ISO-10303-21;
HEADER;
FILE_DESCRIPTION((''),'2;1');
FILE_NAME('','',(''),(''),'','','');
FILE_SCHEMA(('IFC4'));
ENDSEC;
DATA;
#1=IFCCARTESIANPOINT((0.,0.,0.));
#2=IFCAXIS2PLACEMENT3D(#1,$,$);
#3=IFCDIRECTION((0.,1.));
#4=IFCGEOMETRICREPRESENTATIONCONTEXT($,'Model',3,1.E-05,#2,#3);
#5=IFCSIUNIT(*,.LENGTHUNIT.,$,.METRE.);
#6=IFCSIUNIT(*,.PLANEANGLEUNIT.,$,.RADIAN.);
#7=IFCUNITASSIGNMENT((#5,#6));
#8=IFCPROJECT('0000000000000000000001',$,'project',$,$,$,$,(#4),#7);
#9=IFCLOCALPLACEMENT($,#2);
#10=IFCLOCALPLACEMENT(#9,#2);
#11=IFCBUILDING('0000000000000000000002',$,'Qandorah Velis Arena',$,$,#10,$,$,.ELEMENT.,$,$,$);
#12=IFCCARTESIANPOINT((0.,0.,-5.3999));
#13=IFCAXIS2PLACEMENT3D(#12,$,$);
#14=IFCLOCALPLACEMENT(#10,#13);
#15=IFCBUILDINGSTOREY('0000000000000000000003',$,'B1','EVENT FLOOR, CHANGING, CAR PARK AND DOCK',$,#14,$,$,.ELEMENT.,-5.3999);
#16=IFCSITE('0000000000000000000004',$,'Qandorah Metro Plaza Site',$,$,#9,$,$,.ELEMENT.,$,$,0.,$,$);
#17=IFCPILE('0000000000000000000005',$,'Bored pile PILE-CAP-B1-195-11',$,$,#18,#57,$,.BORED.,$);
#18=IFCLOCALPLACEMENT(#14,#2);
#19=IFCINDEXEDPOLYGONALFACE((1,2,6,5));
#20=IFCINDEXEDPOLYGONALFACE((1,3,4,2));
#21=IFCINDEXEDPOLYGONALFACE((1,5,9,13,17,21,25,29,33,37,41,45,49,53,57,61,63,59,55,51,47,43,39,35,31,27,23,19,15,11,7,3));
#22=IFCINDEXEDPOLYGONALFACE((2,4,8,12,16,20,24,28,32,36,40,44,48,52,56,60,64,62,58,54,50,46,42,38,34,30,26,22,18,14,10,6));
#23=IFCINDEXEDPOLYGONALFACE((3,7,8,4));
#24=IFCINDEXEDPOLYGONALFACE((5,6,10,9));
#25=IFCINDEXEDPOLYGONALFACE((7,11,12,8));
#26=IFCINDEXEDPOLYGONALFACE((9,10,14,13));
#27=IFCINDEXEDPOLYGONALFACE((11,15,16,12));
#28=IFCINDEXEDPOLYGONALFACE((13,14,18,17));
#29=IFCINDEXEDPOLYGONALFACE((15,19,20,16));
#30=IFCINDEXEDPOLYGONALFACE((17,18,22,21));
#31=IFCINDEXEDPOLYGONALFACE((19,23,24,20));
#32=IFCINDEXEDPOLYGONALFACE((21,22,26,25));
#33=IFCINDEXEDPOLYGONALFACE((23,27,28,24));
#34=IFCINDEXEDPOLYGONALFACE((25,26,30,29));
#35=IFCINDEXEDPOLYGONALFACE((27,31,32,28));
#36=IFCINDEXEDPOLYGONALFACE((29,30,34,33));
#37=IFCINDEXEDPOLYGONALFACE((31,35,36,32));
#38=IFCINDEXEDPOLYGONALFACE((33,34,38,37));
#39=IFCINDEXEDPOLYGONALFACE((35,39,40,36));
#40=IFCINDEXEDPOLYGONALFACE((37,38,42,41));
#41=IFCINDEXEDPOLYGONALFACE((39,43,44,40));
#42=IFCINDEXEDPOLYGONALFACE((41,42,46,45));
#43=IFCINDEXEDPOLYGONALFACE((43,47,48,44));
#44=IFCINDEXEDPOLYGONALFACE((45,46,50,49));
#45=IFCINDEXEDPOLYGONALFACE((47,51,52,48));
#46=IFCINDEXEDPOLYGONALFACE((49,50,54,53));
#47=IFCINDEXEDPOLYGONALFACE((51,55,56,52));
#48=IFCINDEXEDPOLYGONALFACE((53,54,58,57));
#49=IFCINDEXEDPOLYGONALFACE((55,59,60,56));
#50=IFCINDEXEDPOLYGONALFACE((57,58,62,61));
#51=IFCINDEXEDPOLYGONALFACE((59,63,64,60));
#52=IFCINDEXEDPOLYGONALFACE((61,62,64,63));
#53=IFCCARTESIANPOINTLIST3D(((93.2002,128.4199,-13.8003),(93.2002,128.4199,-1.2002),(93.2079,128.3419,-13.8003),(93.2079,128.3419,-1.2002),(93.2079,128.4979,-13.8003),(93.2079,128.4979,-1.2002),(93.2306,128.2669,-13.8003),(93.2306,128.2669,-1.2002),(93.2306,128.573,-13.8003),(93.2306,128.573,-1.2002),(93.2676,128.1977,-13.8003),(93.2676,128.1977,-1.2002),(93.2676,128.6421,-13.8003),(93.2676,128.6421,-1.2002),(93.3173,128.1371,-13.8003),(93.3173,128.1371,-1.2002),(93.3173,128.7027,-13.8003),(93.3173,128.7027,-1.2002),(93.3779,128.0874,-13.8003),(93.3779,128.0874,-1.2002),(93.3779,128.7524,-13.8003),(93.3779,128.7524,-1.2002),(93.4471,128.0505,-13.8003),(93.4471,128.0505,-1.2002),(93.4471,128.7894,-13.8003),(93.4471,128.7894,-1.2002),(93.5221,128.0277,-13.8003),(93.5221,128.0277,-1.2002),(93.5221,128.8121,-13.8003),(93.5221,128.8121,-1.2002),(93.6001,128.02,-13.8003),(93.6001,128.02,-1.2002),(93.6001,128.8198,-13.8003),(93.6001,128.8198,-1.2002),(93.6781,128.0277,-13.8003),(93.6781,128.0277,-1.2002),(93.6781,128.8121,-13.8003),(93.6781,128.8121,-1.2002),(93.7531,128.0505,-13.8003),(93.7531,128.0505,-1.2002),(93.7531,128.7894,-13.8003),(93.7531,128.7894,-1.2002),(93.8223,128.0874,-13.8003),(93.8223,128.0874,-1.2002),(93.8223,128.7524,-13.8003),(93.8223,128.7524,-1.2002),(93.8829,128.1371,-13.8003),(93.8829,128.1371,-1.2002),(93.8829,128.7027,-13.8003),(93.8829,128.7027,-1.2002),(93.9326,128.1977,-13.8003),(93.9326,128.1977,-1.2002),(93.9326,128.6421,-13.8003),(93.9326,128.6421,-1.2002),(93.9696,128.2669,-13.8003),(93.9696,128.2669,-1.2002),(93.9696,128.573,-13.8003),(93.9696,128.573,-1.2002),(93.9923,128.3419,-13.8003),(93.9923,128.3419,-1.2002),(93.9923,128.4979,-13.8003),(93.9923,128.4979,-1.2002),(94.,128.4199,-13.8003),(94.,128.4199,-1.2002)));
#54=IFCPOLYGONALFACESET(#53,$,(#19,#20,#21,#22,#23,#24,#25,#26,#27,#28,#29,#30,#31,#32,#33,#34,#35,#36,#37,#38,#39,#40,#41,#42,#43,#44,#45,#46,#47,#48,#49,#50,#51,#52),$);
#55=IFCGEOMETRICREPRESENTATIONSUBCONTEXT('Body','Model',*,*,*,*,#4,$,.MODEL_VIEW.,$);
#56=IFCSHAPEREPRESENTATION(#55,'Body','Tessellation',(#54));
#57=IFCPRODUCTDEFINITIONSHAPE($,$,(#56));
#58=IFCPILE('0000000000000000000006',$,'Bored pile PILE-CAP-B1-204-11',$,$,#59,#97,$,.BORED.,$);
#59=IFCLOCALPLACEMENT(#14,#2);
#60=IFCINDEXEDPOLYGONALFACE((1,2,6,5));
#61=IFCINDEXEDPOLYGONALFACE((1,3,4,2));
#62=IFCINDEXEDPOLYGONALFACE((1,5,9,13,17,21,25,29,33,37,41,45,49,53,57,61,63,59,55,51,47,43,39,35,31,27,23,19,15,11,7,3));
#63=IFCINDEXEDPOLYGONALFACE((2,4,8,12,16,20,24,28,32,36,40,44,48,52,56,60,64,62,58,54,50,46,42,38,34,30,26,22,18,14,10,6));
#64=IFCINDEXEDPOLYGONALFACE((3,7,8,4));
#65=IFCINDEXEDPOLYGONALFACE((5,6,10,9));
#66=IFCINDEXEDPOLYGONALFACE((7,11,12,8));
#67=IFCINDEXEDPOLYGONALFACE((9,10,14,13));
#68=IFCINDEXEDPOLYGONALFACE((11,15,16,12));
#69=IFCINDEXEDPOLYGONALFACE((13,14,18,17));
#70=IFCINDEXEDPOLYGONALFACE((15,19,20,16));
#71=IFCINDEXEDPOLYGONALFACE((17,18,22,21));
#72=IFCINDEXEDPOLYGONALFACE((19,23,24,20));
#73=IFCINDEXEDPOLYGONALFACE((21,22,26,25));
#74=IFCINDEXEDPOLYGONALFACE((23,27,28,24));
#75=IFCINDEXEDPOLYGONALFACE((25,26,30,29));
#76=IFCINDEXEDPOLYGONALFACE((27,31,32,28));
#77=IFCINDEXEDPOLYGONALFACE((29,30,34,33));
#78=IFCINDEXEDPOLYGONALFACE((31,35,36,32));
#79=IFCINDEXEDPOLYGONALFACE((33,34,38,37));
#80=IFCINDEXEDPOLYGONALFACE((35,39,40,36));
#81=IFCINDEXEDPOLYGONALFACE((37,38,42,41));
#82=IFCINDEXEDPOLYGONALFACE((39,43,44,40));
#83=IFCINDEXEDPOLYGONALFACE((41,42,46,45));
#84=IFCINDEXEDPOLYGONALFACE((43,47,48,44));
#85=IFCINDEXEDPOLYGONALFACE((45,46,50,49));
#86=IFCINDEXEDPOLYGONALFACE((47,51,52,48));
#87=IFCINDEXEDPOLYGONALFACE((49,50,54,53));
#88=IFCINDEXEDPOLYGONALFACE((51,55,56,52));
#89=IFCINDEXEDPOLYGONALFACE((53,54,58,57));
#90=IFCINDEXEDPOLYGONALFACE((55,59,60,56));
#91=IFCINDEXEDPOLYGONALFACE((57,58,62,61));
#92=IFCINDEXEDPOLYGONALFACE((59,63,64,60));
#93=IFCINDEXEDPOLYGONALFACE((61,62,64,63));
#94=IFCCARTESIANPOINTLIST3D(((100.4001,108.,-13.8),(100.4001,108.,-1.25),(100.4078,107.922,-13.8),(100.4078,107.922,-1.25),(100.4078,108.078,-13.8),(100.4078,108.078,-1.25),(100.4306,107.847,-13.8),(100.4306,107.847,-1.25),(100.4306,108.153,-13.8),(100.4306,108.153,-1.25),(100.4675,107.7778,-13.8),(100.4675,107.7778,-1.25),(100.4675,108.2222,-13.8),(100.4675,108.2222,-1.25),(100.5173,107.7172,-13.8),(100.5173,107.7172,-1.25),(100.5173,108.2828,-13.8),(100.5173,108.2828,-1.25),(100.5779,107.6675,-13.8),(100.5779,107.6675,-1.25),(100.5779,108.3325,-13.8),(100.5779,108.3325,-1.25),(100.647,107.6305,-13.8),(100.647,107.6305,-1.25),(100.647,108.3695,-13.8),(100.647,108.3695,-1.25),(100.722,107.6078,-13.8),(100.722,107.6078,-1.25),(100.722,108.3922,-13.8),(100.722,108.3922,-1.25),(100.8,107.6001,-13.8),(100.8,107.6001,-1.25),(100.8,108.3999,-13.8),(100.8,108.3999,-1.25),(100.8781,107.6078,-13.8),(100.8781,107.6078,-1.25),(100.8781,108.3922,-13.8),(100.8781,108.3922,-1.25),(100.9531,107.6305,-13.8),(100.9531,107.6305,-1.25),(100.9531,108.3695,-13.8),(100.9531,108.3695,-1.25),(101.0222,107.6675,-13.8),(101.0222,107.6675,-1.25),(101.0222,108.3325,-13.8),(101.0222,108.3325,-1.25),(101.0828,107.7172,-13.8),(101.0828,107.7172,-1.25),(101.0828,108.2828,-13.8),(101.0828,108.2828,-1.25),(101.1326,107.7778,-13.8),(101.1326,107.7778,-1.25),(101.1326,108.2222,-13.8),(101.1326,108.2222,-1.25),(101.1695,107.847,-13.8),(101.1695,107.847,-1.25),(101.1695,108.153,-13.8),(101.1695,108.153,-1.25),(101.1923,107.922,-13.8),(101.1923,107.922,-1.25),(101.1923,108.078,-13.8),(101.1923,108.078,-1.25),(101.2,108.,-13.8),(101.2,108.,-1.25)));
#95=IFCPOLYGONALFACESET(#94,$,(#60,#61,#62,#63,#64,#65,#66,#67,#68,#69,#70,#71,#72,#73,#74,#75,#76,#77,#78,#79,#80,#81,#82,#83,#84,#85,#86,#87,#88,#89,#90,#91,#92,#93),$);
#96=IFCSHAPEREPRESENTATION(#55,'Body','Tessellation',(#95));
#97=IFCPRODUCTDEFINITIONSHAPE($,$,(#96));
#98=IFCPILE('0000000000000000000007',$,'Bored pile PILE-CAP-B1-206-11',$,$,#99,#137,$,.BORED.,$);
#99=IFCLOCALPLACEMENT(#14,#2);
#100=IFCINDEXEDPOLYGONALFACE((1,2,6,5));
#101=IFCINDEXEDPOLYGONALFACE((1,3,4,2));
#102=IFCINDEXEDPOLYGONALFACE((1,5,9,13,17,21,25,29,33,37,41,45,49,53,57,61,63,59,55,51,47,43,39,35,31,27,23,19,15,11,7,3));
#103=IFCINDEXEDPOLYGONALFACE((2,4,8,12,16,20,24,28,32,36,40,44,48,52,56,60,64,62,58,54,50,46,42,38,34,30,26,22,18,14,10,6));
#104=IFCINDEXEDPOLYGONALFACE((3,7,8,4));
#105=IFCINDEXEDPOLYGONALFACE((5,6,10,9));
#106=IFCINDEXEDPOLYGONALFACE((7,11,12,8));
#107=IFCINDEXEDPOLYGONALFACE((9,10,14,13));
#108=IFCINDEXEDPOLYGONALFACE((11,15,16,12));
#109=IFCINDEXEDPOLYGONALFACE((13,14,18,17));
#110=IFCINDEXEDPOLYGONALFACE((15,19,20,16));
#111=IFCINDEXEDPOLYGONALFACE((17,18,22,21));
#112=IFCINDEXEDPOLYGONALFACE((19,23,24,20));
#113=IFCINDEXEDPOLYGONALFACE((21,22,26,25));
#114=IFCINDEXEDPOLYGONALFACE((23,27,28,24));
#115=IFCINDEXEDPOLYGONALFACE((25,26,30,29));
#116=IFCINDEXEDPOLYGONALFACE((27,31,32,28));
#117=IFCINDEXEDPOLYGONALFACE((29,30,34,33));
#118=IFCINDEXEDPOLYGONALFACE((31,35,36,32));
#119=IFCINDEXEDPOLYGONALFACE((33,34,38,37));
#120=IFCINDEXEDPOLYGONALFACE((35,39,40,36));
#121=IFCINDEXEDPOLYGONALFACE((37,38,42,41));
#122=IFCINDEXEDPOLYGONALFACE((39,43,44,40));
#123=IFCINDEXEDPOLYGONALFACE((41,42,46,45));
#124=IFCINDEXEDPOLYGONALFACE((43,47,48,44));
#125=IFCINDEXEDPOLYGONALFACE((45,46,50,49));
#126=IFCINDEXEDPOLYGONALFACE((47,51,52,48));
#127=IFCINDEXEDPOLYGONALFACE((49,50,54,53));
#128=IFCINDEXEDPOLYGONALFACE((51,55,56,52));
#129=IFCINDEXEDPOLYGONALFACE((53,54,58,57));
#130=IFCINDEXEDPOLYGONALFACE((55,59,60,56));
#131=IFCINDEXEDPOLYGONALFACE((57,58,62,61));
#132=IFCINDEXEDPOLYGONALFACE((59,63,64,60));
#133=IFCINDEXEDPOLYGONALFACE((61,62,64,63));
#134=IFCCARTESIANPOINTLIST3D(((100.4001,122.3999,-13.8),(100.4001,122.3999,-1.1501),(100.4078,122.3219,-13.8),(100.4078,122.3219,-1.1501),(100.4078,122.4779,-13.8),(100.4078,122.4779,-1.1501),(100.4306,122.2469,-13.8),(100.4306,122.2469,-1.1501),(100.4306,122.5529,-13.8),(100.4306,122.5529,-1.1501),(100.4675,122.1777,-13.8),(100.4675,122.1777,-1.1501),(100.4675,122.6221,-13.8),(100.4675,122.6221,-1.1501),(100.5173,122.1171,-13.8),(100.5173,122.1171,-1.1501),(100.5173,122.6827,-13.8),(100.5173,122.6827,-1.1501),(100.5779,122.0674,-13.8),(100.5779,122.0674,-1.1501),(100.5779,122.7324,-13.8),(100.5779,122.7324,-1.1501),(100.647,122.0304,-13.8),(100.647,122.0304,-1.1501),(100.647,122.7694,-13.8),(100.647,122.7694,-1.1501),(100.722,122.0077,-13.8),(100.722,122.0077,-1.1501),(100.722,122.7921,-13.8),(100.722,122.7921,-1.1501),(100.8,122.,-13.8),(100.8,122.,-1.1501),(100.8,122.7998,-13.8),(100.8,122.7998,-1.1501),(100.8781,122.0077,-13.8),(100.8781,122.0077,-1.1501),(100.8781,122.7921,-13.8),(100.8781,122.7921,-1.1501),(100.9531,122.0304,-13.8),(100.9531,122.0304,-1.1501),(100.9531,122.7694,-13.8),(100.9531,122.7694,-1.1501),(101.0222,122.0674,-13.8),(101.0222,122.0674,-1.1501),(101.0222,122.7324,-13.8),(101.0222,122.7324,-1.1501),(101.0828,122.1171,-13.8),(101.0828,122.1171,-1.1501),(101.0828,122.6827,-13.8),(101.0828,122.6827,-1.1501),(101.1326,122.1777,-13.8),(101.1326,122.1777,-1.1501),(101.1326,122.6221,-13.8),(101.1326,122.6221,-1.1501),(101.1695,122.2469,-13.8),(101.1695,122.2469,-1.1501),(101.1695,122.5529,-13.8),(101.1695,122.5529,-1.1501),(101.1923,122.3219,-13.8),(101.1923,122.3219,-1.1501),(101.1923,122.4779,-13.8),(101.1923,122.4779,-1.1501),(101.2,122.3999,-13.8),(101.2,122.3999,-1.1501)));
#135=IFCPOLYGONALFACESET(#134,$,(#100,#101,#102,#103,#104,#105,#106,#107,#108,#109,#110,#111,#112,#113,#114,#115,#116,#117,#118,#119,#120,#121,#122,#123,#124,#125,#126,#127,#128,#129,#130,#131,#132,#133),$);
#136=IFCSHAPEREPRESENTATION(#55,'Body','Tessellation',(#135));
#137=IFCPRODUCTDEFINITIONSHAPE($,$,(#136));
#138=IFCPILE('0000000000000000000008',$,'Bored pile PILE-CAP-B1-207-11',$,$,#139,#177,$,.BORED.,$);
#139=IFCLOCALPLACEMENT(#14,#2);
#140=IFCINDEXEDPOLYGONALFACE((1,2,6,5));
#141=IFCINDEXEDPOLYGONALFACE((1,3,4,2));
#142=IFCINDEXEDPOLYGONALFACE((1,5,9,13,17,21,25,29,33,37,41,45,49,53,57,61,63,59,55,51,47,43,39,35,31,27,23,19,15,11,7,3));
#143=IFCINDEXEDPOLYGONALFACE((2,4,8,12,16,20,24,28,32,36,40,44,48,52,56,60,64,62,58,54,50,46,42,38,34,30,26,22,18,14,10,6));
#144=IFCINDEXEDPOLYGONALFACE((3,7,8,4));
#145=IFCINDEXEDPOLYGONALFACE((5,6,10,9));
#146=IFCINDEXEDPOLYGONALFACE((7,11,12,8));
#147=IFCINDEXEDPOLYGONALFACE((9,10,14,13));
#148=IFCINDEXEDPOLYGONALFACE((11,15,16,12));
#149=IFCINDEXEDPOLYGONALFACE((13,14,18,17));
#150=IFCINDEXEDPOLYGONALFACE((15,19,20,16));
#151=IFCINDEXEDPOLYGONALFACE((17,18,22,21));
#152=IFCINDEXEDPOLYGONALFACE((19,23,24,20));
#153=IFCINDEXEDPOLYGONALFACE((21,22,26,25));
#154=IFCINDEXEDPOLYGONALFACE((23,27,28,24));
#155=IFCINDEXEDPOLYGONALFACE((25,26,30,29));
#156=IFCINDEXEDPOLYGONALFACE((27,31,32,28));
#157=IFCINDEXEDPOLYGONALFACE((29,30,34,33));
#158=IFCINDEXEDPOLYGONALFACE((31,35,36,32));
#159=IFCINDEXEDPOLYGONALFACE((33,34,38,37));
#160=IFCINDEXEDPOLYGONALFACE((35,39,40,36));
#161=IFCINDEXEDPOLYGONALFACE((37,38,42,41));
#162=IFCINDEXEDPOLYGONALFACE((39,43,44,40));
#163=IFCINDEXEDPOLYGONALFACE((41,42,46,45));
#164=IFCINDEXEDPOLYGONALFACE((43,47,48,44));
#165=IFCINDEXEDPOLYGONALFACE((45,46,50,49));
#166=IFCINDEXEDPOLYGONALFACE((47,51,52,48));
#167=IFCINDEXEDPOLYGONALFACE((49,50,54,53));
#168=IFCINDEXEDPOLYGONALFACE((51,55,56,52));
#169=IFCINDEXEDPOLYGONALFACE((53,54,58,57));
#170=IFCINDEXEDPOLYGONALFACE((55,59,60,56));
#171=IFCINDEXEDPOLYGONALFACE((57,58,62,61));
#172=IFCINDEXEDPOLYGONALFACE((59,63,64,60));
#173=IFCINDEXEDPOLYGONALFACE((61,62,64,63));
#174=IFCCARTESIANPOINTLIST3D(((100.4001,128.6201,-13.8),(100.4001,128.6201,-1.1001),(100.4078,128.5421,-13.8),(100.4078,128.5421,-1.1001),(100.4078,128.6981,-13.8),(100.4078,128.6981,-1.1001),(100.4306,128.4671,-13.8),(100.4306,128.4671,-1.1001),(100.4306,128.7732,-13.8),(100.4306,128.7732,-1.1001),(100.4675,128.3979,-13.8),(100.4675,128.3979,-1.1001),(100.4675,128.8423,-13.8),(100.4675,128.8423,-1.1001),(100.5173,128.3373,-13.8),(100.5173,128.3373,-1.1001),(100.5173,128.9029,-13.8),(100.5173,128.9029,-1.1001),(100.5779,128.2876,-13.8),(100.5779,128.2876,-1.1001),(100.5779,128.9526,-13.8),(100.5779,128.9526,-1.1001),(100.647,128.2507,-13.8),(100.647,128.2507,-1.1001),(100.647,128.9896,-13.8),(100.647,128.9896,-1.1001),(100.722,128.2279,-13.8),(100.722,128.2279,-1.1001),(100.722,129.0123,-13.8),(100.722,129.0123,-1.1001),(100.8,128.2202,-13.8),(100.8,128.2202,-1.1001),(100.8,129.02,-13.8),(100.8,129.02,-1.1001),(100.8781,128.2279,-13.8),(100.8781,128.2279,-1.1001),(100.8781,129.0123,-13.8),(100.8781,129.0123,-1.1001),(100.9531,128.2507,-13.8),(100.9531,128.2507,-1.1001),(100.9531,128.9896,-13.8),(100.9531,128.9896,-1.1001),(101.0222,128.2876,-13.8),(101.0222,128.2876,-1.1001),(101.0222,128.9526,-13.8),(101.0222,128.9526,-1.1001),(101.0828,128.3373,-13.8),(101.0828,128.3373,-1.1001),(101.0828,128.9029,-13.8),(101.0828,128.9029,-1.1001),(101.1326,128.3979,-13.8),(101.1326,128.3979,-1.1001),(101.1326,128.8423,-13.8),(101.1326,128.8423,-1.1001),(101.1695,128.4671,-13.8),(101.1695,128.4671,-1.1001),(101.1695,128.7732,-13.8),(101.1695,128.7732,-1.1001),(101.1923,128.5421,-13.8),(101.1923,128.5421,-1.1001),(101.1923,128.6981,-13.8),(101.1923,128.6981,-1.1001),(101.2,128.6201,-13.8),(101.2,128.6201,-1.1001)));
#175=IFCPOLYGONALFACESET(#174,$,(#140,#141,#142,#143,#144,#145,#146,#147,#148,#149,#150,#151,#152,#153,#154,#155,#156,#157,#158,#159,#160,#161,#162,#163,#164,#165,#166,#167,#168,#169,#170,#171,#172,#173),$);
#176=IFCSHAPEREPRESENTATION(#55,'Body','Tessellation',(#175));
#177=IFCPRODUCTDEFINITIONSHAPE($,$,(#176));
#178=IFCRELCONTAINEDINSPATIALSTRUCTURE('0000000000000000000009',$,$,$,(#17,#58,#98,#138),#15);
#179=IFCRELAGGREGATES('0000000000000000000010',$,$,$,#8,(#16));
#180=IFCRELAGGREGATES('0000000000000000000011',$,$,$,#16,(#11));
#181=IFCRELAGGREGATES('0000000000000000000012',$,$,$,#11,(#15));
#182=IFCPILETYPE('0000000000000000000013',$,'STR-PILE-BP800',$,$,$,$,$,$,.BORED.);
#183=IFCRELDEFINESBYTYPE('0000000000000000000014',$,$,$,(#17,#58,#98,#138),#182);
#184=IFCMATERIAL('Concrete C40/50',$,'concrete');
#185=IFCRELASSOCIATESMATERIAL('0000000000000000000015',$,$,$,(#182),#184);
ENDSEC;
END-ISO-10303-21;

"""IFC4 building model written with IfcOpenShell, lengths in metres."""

from ifc_helpers import new_model, si_unit, direction, frame, origin, origin_2d, place, context, subcontext, project, spatial, circle, extrude, material, material_profile, profile_set, type_object, element, save


model = new_model("IFC4")

# Units and contexts
model_context = context("Model", 3, precision=1e-05, world=origin(), true_north=direction((0.0, 1.0)))
body_context = subcontext(model_context, "Body", "Model", "MODEL_VIEW")
ifc_project = project(units=[si_unit("LENGTHUNIT", "METRE"), si_unit("PLANEANGLEUNIT", "RADIAN")], contexts=[model_context])

# Site, building, storey
site_placement = place(None, origin())
site = spatial("IfcSite", under=ifc_project, at=site_placement, Name="Qandorah Metro Plaza Site", CompositionType="ELEMENT", RefElevation=0.0)
building_placement = place(site_placement, origin())
building = spatial("IfcBuilding", under=site, at=building_placement, Name="Qandorah Velis Arena", CompositionType="ELEMENT")
storey_placement = place(building_placement, frame((0.0, 0.0, -5.3999)))
storey = spatial("IfcBuildingStorey", under=building, at=storey_placement, Name="B1", Description="EVENT FLOOR, CHANGING, CAR PARK AND DOCK", CompositionType="ELEMENT", Elevation=-5.3999)

# Shared definitions
ifc_material_1 = material(Name="Concrete C40/50", Category="concrete")

# Piles
ifc_material_profile_1 = material_profile(ifc_material_1, circle(Radius=0.3999, at=origin_2d()), Name="BORED PILE D800")
ifc_profile_set_1 = profile_set([ifc_material_profile_1], Name="Concrete C40/50")
pile_type_1 = type_object("IfcPileType", Name="STR-PILE-BP800", PredefinedType="BORED", material=ifc_profile_set_1)
pile_1_placement = place(storey_placement, frame((93.6001, 128.4199, -1.2002), z_axis=(0.0, 0.0, -1.0), x_axis=(1.0, 0.0, 0.0)))
element("IfcPile", 1, at=pile_1_placement, inside=storey, type_object=pile_type_1, Name="Bored pile PILE-CAP-B1-195-11", PredefinedType="BORED", context=body_context, shape_type="SweptSolid", body=[
    extrude(circle(Radius=0.3999, at=origin_2d()), origin(), (0.0, 0.0, 1.0), 12.6001),
])
pile_2_placement = place(storey_placement, frame((100.8, 108.0, -1.25), z_axis=(0.0, 0.0, -1.0), x_axis=(1.0, 0.0, 0.0)))
element("IfcPile", 2, at=pile_2_placement, inside=storey, type_object=pile_type_1, Name="Bored pile PILE-CAP-B1-204-11", PredefinedType="BORED", context=body_context, shape_type="SweptSolid", body=[
    extrude(circle(Radius=0.3999, at=origin_2d()), origin(), (0.0, 0.0, 1.0), 12.55),
])
pile_3_placement = place(storey_placement, frame((100.8, 122.3999, -1.1501), z_axis=(0.0, 0.0, -1.0), x_axis=(1.0, 0.0, 0.0)))
element("IfcPile", 3, at=pile_3_placement, inside=storey, type_object=pile_type_1, Name="Bored pile PILE-CAP-B1-206-11", PredefinedType="BORED", context=body_context, shape_type="SweptSolid", body=[
    extrude(circle(Radius=0.3999, at=origin_2d()), origin(), (0.0, 0.0, 1.0), 12.6499),
])
pile_4_placement = place(storey_placement, frame((100.8, 128.6201, -1.1001), z_axis=(0.0, 0.0, -1.0), x_axis=(1.0, 0.0, 0.0)))
element("IfcPile", 4, at=pile_4_placement, inside=storey, type_object=pile_type_1, Name="Bored pile PILE-CAP-B1-207-11", PredefinedType="BORED", context=body_context, shape_type="SweptSolid", body=[
    extrude(circle(Radius=0.3999, at=origin_2d()), origin(), (0.0, 0.0, 1.0), 12.7),
])

save(model, "model.ifc")
